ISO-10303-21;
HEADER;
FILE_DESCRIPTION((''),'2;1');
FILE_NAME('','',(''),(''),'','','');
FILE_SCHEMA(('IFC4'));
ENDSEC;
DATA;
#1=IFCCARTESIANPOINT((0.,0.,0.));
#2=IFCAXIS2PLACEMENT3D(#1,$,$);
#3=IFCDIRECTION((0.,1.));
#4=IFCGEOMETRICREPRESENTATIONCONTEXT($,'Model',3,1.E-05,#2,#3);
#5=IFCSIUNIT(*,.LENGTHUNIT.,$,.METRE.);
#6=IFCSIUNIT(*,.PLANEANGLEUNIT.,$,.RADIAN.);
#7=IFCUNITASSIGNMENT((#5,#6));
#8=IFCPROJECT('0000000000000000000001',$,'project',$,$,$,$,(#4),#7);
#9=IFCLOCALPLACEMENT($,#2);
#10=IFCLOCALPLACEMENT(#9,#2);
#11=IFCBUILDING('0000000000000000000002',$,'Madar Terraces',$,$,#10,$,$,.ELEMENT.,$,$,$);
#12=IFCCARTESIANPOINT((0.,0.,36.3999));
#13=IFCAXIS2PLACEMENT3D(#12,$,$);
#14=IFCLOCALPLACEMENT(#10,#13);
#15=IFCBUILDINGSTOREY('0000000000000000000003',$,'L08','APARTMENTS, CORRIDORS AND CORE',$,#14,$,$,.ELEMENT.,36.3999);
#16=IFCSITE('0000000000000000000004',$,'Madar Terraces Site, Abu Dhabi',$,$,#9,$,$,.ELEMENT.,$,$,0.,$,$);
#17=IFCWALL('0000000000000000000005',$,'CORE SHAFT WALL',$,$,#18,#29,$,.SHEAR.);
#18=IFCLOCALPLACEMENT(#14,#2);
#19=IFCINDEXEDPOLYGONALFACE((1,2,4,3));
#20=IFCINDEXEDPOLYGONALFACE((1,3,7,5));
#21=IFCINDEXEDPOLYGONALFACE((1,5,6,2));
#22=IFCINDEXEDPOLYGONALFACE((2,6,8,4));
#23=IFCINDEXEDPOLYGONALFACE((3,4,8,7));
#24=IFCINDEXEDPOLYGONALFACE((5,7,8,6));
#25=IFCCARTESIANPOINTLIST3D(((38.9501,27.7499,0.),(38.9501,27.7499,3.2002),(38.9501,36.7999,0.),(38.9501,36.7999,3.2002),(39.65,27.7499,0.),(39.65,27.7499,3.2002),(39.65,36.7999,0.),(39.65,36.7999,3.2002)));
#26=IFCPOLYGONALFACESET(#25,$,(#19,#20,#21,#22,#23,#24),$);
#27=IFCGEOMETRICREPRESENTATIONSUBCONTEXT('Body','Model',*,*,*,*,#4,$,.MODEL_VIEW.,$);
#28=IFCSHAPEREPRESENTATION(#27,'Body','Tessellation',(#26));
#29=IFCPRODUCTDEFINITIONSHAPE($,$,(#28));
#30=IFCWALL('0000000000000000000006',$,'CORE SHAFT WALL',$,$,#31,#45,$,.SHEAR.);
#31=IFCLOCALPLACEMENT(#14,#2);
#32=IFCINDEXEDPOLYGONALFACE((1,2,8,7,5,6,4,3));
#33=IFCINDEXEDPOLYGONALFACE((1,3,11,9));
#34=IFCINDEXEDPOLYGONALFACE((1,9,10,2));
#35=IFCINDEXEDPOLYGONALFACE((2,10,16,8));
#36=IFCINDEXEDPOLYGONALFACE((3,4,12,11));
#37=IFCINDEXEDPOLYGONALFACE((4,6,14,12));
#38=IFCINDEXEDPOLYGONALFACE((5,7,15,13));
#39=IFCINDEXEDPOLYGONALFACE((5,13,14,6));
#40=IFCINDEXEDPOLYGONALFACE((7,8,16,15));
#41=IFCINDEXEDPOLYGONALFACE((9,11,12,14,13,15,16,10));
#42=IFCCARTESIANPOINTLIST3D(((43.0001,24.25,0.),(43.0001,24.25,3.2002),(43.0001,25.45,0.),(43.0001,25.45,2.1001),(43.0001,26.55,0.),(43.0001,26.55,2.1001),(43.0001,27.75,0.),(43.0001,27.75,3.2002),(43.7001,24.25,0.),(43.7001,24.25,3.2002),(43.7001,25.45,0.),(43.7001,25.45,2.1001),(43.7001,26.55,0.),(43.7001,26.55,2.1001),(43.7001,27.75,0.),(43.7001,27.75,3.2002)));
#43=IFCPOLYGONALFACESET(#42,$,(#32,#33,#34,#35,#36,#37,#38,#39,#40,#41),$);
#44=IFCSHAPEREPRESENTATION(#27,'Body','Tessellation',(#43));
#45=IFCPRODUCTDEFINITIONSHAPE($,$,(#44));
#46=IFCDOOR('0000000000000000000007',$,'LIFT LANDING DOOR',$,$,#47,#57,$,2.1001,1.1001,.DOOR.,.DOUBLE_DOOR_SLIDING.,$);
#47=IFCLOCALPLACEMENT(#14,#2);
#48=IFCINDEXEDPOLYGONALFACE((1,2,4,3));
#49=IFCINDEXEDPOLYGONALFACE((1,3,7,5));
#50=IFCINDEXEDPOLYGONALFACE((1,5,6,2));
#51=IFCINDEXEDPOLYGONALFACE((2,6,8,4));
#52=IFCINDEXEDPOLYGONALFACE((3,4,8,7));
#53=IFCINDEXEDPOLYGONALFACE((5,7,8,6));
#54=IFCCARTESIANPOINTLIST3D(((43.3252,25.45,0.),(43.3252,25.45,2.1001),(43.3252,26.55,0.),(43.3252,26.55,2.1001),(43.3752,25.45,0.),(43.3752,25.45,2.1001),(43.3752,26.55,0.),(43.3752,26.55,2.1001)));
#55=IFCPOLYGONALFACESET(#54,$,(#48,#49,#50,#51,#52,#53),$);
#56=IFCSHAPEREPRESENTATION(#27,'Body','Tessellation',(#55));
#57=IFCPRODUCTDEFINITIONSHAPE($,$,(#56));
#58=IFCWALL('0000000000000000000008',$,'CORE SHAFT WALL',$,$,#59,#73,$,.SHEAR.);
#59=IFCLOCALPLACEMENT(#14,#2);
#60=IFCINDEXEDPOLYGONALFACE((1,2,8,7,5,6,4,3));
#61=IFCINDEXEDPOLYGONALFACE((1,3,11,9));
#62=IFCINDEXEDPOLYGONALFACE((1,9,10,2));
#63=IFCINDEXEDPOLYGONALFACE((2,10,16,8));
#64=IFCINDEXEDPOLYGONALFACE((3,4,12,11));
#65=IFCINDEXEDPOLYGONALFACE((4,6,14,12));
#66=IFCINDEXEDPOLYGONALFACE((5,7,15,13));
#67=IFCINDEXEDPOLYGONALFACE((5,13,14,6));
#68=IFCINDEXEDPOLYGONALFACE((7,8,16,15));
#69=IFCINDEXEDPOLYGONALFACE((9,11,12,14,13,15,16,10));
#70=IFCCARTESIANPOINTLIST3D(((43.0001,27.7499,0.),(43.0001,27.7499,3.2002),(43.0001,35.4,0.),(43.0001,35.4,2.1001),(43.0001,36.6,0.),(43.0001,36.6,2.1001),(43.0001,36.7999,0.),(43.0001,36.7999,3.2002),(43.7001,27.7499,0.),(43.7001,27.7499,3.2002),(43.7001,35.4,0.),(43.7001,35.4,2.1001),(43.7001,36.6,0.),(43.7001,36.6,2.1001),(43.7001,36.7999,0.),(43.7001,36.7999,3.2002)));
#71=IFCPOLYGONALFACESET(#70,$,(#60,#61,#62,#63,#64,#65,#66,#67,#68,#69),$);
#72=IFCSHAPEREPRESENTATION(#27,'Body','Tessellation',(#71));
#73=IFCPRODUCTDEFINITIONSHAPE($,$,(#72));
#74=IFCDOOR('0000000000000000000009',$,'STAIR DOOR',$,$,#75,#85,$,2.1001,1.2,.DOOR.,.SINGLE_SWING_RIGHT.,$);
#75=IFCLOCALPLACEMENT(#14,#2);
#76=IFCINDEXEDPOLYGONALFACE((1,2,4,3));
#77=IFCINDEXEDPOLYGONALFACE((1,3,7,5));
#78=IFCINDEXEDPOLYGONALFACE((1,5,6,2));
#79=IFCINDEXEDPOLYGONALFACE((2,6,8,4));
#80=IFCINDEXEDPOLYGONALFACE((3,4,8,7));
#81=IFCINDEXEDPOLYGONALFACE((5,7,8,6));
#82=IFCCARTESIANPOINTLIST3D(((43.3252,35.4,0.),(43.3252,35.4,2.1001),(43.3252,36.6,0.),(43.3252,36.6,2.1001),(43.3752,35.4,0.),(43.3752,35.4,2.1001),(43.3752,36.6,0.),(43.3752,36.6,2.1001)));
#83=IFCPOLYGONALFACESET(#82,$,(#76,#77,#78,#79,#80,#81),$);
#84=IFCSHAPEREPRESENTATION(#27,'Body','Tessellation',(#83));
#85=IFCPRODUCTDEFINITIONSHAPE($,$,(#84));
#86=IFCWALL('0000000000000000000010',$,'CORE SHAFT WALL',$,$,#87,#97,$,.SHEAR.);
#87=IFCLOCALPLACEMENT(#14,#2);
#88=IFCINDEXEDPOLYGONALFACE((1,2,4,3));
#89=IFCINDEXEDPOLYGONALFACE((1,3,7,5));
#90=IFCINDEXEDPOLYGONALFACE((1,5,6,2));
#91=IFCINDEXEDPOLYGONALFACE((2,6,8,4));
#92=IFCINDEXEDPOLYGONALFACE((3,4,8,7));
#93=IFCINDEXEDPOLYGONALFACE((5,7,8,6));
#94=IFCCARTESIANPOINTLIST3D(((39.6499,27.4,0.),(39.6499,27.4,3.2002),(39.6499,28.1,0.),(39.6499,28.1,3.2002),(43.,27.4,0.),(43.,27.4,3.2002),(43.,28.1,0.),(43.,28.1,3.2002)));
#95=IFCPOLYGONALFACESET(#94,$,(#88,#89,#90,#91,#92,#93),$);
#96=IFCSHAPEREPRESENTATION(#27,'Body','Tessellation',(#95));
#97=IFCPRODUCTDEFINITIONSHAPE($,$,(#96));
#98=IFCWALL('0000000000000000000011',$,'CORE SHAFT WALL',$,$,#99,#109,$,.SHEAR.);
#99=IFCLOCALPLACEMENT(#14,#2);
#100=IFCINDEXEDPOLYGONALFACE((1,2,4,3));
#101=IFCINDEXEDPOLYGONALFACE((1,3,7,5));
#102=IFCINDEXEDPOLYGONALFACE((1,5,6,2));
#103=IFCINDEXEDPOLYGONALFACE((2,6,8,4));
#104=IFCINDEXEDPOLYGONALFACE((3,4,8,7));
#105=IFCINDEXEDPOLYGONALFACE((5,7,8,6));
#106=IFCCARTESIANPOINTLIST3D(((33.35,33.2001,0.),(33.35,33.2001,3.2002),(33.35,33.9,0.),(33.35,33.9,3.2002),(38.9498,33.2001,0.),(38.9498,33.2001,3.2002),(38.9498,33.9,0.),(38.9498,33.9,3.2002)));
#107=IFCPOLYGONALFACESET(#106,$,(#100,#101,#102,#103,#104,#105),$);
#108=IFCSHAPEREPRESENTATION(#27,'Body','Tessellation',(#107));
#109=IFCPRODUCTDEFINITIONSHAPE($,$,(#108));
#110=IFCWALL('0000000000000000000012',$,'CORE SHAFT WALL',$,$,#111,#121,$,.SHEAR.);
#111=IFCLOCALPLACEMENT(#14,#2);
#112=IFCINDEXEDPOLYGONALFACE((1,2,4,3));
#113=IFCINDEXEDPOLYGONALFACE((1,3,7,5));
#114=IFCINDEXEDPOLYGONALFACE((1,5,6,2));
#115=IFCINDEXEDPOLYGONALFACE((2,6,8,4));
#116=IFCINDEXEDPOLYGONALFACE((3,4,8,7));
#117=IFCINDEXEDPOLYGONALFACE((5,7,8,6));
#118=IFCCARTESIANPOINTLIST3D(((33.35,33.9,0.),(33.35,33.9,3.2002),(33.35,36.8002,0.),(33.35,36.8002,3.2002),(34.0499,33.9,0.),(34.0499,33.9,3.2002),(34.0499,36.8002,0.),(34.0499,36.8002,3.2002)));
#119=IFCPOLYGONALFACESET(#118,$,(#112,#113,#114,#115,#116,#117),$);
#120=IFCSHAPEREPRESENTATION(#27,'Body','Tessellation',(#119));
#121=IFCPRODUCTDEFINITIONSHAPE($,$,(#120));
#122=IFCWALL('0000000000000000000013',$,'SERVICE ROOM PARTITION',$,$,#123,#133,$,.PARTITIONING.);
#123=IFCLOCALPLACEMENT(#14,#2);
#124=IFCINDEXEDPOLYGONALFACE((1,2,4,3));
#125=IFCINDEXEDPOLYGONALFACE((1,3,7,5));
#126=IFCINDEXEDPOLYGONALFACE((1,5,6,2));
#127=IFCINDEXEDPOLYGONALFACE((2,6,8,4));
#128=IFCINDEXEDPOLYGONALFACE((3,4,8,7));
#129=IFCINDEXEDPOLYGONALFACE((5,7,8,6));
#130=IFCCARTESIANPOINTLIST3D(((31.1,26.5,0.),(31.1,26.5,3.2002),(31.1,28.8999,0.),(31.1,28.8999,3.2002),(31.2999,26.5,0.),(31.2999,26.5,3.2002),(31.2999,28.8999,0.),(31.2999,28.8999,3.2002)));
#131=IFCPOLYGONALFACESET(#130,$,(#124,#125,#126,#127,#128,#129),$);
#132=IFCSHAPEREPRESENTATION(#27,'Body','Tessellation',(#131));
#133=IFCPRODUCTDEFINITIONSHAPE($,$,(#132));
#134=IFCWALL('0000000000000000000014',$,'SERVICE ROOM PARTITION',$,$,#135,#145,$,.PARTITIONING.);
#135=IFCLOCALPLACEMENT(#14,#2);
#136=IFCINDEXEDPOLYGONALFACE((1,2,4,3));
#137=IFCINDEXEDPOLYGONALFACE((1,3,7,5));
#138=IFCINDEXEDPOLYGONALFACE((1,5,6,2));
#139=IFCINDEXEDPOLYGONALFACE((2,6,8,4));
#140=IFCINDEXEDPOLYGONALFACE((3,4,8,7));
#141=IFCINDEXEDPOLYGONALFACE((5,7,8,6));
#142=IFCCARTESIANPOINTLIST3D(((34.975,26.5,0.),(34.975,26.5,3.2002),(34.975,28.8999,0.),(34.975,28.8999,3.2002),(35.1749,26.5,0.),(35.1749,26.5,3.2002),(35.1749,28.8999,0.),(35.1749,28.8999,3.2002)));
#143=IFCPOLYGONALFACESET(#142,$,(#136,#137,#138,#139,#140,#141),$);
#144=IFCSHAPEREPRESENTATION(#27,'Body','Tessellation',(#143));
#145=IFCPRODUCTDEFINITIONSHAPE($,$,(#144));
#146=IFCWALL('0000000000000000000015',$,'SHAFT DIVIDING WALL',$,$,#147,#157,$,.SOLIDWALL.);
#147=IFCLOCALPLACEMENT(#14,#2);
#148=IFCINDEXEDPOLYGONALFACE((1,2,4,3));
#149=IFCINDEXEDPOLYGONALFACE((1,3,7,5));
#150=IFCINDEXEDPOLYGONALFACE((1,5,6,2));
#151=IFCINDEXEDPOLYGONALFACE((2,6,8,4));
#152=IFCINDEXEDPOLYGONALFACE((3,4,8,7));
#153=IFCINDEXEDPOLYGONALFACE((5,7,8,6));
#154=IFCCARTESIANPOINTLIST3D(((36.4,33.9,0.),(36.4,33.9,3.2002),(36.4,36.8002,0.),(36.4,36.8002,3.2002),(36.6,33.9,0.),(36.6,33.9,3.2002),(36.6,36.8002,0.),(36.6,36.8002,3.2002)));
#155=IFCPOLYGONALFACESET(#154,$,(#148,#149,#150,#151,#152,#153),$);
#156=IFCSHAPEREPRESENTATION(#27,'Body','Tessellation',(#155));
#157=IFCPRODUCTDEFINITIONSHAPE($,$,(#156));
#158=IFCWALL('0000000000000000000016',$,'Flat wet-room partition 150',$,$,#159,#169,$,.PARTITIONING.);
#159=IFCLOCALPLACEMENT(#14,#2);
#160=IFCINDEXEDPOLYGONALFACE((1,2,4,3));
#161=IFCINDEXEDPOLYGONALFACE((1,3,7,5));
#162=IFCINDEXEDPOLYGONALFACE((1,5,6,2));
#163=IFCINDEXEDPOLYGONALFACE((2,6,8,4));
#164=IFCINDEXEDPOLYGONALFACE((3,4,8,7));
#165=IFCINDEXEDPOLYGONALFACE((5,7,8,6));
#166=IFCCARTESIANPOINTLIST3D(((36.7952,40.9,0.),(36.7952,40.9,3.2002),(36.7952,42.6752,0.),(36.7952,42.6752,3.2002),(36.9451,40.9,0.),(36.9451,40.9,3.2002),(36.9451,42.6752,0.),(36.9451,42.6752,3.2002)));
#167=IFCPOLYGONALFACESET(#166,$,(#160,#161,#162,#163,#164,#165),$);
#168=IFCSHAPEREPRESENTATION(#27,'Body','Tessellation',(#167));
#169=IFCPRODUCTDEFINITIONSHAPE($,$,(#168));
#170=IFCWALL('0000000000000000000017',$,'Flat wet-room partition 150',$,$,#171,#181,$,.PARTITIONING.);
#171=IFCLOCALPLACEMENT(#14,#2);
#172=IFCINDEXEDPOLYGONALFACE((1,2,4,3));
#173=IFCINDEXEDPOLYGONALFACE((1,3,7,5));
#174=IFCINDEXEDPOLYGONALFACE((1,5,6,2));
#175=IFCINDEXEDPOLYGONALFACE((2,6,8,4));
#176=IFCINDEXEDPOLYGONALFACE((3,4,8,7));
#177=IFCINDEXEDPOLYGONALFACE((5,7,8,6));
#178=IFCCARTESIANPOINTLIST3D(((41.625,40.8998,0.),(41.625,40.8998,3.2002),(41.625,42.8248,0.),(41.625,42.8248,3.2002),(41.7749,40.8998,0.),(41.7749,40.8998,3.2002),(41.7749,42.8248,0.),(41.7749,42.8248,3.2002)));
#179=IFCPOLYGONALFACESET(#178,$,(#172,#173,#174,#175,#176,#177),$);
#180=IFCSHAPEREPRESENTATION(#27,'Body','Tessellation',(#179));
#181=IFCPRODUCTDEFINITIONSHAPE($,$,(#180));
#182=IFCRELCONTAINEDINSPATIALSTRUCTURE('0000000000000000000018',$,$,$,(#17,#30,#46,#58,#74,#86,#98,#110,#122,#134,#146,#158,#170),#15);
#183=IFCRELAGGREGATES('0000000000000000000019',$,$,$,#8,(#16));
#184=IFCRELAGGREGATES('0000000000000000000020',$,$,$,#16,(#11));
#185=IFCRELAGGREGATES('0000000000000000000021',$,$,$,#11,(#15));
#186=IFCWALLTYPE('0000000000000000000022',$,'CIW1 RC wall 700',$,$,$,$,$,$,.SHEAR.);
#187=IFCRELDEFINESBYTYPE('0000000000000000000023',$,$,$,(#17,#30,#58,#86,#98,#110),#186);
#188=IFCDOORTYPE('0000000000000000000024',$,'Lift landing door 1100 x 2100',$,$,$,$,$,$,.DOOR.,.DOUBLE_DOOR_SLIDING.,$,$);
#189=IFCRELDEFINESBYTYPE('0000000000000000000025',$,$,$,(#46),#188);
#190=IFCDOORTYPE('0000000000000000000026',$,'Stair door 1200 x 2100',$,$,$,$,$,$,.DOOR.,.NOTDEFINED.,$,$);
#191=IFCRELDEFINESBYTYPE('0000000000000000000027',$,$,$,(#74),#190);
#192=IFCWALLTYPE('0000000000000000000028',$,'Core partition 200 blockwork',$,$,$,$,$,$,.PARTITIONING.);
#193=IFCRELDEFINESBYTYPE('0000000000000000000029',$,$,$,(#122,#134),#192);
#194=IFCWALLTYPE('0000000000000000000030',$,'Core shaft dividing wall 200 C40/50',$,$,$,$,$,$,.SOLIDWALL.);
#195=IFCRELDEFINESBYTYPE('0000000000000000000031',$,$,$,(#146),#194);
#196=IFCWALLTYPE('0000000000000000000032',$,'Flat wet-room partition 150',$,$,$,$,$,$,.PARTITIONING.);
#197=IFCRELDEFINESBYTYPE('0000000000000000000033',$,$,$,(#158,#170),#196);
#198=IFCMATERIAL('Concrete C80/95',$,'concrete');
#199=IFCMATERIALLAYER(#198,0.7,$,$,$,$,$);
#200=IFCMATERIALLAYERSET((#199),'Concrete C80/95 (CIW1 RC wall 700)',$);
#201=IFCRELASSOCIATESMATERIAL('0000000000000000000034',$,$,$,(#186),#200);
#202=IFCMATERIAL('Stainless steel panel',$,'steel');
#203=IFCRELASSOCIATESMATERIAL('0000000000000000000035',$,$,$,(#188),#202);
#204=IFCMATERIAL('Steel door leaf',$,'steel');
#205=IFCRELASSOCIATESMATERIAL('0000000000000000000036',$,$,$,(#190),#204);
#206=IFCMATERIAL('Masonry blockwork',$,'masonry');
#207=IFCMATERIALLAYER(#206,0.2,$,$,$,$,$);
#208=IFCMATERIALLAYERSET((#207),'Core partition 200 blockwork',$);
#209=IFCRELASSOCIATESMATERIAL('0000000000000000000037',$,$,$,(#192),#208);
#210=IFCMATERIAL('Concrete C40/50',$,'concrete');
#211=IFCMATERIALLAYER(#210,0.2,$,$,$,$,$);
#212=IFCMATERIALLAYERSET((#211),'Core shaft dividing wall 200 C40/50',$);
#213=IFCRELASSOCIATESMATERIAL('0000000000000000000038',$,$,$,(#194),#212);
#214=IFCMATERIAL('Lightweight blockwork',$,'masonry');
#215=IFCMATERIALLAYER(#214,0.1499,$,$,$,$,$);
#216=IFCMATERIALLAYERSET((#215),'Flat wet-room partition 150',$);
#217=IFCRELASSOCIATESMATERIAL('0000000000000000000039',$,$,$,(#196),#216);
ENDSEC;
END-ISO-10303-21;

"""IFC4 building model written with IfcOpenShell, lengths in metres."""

from ifc_helpers import new_model, si_unit, direction, frame, frame_2d, origin, place, context, subcontext, project, spatial, rectangle, extrude, material, layer, layer_set, type_object, element, fill, save


model = new_model("IFC4")

# Units and contexts
model_context = context("Model", 3, precision=1e-05, world=origin(), true_north=direction((0.0, 1.0)))
body_context = subcontext(model_context, "Body", "Model", "MODEL_VIEW")
ifc_project = project(units=[si_unit("LENGTHUNIT", "METRE"), si_unit("PLANEANGLEUNIT", "RADIAN")], contexts=[model_context])

# Site, building, storey
site_placement = place(None, origin())
site = spatial("IfcSite", under=ifc_project, at=site_placement, Name="Madar Terraces Site, Abu Dhabi", CompositionType="ELEMENT", RefElevation=0.0)
building_placement = place(site_placement, origin())
building = spatial("IfcBuilding", under=site, at=building_placement, Name="Madar Terraces", CompositionType="ELEMENT")
storey_placement = place(building_placement, frame((0.0, 0.0, 36.3999)))
storey = spatial("IfcBuildingStorey", under=building, at=storey_placement, Name="L08", Description="APARTMENTS, CORRIDORS AND CORE", CompositionType="ELEMENT", Elevation=36.3999)

# Wall
ifc_material_1 = material(Name="Concrete C80/95", Category="concrete")
ifc_layer_1 = layer(ifc_material_1, 0.7)
ifc_layer_set_1 = layer_set([ifc_layer_1], Name="Concrete C80/95 (CIW1 RC wall 700)")
wall_type_1 = type_object("IfcWallType", Name="CIW1 RC wall 700", PredefinedType="SHEAR", material=ifc_layer_set_1)
wall_1_placement = place(storey_placement, frame((39.3, 27.75, 0.0), z_axis=(0.0, 0.0, 1.0), x_axis=(0.0, 1.0, 0.0)))
element("IfcWall", 1, at=wall_1_placement, inside=storey, type_object=wall_type_1, Name="CORE SHAFT WALL", PredefinedType="SHEAR", context=body_context, shape_type="SweptSolid", body=[
    extrude(rectangle(XDim=9.05, YDim=0.7, at=frame_2d((4.5249, 0.0))), origin(), (0.0, 0.0, 1.0), 3.2002),
])

# Walls, openings, doors
wall_2_placement = place(storey_placement, frame((43.3501, 24.25, 0.0), z_axis=(0.0, 0.0, 1.0), x_axis=(0.0, 1.0, 0.0)))
wall_2 = element("IfcWall", 2, at=wall_2_placement, inside=storey, type_object=wall_type_1, Name="CORE SHAFT WALL", PredefinedType="SHEAR", context=body_context, shape_type="SweptSolid", body=[
    extrude(rectangle(XDim=3.5, YDim=0.7, at=frame_2d((1.75, 0.0))), origin(), (0.0, 0.0, 1.0), 3.2002),
])
opening_1_placement = place(wall_2_placement, frame((1.2, 0.0, 0.0)))
opening_1 = element("IfcOpeningElement", 3, at=opening_1_placement, cuts=wall_2, PredefinedType="OPENING", context=body_context, shape_type="SweptSolid", body=[
    extrude(rectangle(XDim=1.1001, YDim=2.1001, at=frame_2d((0.55, 1.05))), frame((0.0, 0.3599, 0.0), z_axis=(0.0, -1.0, 0.0), x_axis=(1.0, 0.0, 0.0)), (0.0, 0.0, 1.0), 0.72),
])
ifc_material_2 = material(Name="Stainless steel panel", Category="steel")
door_type_1 = type_object("IfcDoorType", Name="Lift landing door 1100 x 2100", OperationType="DOUBLE_DOOR_SLIDING", PredefinedType="DOOR", material=ifc_material_2)
door_1_placement = place(opening_1_placement, origin())
door_1 = element("IfcDoor", 4, at=door_1_placement, inside=storey, type_object=door_type_1, Name="LIFT LANDING DOOR", OperationType="DOUBLE_DOOR_SLIDING", OverallHeight=2.1001, OverallWidth=1.1001, PredefinedType="DOOR", context=body_context, shape_type="SweptSolid", body=[
    extrude(rectangle(XDim=1.1001, YDim=2.1001, at=frame_2d((0.55, 1.05))), frame((0.0, 0.0249, 0.0), z_axis=(0.0, -1.0, 0.0), x_axis=(1.0, 0.0, 0.0)), (0.0, 0.0, 1.0), 0.05),
])
fill(opening_1, door_1)
wall_3_placement = place(storey_placement, frame((43.3501, 27.75, 0.0), z_axis=(0.0, 0.0, 1.0), x_axis=(0.0, 1.0, 0.0)))
wall_3 = element("IfcWall", 5, at=wall_3_placement, inside=storey, type_object=wall_type_1, Name="CORE SHAFT WALL", PredefinedType="SHEAR", context=body_context, shape_type="SweptSolid", body=[
    extrude(rectangle(XDim=9.05, YDim=0.7, at=frame_2d((4.5249, 0.0))), origin(), (0.0, 0.0, 1.0), 3.2002),
])
opening_2_placement = place(wall_3_placement, frame((7.6499, 0.0, 0.0)))
opening_2 = element("IfcOpeningElement", 6, at=opening_2_placement, cuts=wall_3, PredefinedType="OPENING", context=body_context, shape_type="SweptSolid", body=[
    extrude(rectangle(XDim=1.2, YDim=2.1001, at=frame_2d((0.6001, 1.05))), frame((0.0, 0.3599, 0.0), z_axis=(0.0, -1.0, 0.0), x_axis=(1.0, 0.0, 0.0)), (0.0, 0.0, 1.0), 0.72),
])
ifc_material_3 = material(Name="Steel door leaf", Category="steel")
door_type_2 = type_object("IfcDoorType", Name="Stair door 1200 x 2100", OperationType="NOTDEFINED", PredefinedType="DOOR", material=ifc_material_3)
door_2_placement = place(opening_2_placement, origin())
door_2 = element("IfcDoor", 7, at=door_2_placement, inside=storey, type_object=door_type_2, Name="STAIR DOOR", OperationType="SINGLE_SWING_RIGHT", OverallHeight=2.1001, OverallWidth=1.2, PredefinedType="DOOR", context=body_context, shape_type="SweptSolid", body=[
    extrude(rectangle(XDim=1.2, YDim=2.1001, at=frame_2d((0.6001, 1.05))), frame((0.0, 0.0249, 0.0), z_axis=(0.0, -1.0, 0.0), x_axis=(1.0, 0.0, 0.0)), (0.0, 0.0, 1.0), 0.05),
])
fill(opening_2, door_2)

# Walls
wall_4_placement = place(storey_placement, frame((39.6499, 27.75, 0.0), z_axis=(0.0, 0.0, 1.0), x_axis=(1.0, 0.0, 0.0)))
element("IfcWall", 8, at=wall_4_placement, inside=storey, type_object=wall_type_1, Name="CORE SHAFT WALL", PredefinedType="SHEAR", context=body_context, shape_type="SweptSolid", body=[
    extrude(rectangle(XDim=3.3501, YDim=0.7, at=frame_2d((1.675, 0.0))), origin(), (0.0, 0.0, 1.0), 3.2002),
])
wall_5_placement = place(storey_placement, frame((33.3501, 33.55, 0.0), z_axis=(0.0, 0.0, 1.0), x_axis=(1.0, 0.0, 0.0)))
element("IfcWall", 9, at=wall_5_placement, inside=storey, type_object=wall_type_1, Name="CORE SHAFT WALL", PredefinedType="SHEAR", context=body_context, shape_type="SweptSolid", body=[
    extrude(rectangle(XDim=5.5999, YDim=0.7, at=frame_2d((2.7998, 0.0))), origin(), (0.0, 0.0, 1.0), 3.2002),
])
wall_6_placement = place(storey_placement, frame((33.7, 33.8999, 0.0), z_axis=(0.0, 0.0, 1.0), x_axis=(0.0, 1.0, 0.0)))
element("IfcWall", 10, at=wall_6_placement, inside=storey, type_object=wall_type_1, Name="CORE SHAFT WALL", PredefinedType="SHEAR", context=body_context, shape_type="SweptSolid", body=[
    extrude(rectangle(XDim=2.9001, YDim=0.7, at=frame_2d((1.4502, 0.0))), origin(), (0.0, 0.0, 1.0), 3.2002),
])
ifc_material_4 = material(Name="Masonry blockwork", Category="masonry")
ifc_layer_2 = layer(ifc_material_4, 0.2)
ifc_layer_set_2 = layer_set([ifc_layer_2], Name="Core partition 200 blockwork")
wall_type_2 = type_object("IfcWallType", Name="Core partition 200 blockwork", PredefinedType="PARTITIONING", material=ifc_layer_set_2)
for number, where, z_axis, x_axis, name in (
    (11, (31.2, 26.5, 0.0), (0.0, 0.0, 1.0), (0.0, 1.0, 0.0), "SERVICE ROOM PARTITION"),
    (12, (35.075, 26.5, 0.0), (0.0, 0.0, 1.0), (0.0, 1.0, 0.0), "SERVICE ROOM PARTITION"),
):
    element("IfcWall", number, at=place(storey_placement, frame(where, z_axis=z_axis, x_axis=x_axis)), inside=storey, type_object=wall_type_2, Name=name, PredefinedType="PARTITIONING", context=body_context, shape_type="SweptSolid", body=[
        extrude(rectangle(XDim=2.3999, YDim=0.2, at=frame_2d((1.2, 0.0))), origin(), (0.0, 0.0, 1.0), 3.2002),
    ])
ifc_material_5 = material(Name="Concrete C40/50", Category="concrete")
ifc_layer_3 = layer(ifc_material_5, 0.2)
ifc_layer_set_3 = layer_set([ifc_layer_3], Name="Core shaft dividing wall 200 C40/50")
wall_type_3 = type_object("IfcWallType", Name="Core shaft dividing wall 200 C40/50", PredefinedType="SOLIDWALL", material=ifc_layer_set_3)
wall_7_placement = place(storey_placement, frame((36.5, 33.8999, 0.0), z_axis=(0.0, 0.0, 1.0), x_axis=(0.0, 1.0, 0.0)))
element("IfcWall", 13, at=wall_7_placement, inside=storey, type_object=wall_type_3, Name="SHAFT DIVIDING WALL", PredefinedType="SOLIDWALL", context=body_context, shape_type="SweptSolid", body=[
    extrude(rectangle(XDim=2.9001, YDim=0.2, at=frame_2d((1.4502, 0.0))), origin(), (0.0, 0.0, 1.0), 3.2002),
])
ifc_material_6 = material(Name="Lightweight blockwork", Category="masonry")
ifc_layer_4 = layer(ifc_material_6, 0.1499)
ifc_layer_set_4 = layer_set([ifc_layer_4], Name="Flat wet-room partition 150")
wall_type_4 = type_object("IfcWallType", Name="Flat wet-room partition 150", PredefinedType="PARTITIONING", material=ifc_layer_set_4)
wall_8_placement = place(storey_placement, frame((36.8701, 40.8999, 0.0), z_axis=(0.0, 0.0, 1.0), x_axis=(0.0, 1.0, 0.0)))
element("IfcWall", 14, at=wall_8_placement, inside=storey, type_object=wall_type_4, Name="Flat wet-room partition 150", PredefinedType="PARTITIONING", context=body_context, shape_type="SweptSolid", body=[
    extrude(rectangle(XDim=1.7751, YDim=0.1499, at=frame_2d((0.8877, 0.0))), origin(), (0.0, 0.0, 1.0), 3.2002),
])
wall_9_placement = place(storey_placement, frame((41.7, 40.8999, 0.0), z_axis=(0.0, 0.0, 1.0), x_axis=(0.0, 1.0, 0.0)))
element("IfcWall", 15, at=wall_9_placement, inside=storey, type_object=wall_type_4, Name="Flat wet-room partition 150", PredefinedType="PARTITIONING", context=body_context, shape_type="SweptSolid", body=[
    extrude(rectangle(XDim=1.925, YDim=0.1499, at=frame_2d((0.9624, 0.0))), origin(), (0.0, 0.0, 1.0), 3.2002),
])

save(model, "model.ifc")
